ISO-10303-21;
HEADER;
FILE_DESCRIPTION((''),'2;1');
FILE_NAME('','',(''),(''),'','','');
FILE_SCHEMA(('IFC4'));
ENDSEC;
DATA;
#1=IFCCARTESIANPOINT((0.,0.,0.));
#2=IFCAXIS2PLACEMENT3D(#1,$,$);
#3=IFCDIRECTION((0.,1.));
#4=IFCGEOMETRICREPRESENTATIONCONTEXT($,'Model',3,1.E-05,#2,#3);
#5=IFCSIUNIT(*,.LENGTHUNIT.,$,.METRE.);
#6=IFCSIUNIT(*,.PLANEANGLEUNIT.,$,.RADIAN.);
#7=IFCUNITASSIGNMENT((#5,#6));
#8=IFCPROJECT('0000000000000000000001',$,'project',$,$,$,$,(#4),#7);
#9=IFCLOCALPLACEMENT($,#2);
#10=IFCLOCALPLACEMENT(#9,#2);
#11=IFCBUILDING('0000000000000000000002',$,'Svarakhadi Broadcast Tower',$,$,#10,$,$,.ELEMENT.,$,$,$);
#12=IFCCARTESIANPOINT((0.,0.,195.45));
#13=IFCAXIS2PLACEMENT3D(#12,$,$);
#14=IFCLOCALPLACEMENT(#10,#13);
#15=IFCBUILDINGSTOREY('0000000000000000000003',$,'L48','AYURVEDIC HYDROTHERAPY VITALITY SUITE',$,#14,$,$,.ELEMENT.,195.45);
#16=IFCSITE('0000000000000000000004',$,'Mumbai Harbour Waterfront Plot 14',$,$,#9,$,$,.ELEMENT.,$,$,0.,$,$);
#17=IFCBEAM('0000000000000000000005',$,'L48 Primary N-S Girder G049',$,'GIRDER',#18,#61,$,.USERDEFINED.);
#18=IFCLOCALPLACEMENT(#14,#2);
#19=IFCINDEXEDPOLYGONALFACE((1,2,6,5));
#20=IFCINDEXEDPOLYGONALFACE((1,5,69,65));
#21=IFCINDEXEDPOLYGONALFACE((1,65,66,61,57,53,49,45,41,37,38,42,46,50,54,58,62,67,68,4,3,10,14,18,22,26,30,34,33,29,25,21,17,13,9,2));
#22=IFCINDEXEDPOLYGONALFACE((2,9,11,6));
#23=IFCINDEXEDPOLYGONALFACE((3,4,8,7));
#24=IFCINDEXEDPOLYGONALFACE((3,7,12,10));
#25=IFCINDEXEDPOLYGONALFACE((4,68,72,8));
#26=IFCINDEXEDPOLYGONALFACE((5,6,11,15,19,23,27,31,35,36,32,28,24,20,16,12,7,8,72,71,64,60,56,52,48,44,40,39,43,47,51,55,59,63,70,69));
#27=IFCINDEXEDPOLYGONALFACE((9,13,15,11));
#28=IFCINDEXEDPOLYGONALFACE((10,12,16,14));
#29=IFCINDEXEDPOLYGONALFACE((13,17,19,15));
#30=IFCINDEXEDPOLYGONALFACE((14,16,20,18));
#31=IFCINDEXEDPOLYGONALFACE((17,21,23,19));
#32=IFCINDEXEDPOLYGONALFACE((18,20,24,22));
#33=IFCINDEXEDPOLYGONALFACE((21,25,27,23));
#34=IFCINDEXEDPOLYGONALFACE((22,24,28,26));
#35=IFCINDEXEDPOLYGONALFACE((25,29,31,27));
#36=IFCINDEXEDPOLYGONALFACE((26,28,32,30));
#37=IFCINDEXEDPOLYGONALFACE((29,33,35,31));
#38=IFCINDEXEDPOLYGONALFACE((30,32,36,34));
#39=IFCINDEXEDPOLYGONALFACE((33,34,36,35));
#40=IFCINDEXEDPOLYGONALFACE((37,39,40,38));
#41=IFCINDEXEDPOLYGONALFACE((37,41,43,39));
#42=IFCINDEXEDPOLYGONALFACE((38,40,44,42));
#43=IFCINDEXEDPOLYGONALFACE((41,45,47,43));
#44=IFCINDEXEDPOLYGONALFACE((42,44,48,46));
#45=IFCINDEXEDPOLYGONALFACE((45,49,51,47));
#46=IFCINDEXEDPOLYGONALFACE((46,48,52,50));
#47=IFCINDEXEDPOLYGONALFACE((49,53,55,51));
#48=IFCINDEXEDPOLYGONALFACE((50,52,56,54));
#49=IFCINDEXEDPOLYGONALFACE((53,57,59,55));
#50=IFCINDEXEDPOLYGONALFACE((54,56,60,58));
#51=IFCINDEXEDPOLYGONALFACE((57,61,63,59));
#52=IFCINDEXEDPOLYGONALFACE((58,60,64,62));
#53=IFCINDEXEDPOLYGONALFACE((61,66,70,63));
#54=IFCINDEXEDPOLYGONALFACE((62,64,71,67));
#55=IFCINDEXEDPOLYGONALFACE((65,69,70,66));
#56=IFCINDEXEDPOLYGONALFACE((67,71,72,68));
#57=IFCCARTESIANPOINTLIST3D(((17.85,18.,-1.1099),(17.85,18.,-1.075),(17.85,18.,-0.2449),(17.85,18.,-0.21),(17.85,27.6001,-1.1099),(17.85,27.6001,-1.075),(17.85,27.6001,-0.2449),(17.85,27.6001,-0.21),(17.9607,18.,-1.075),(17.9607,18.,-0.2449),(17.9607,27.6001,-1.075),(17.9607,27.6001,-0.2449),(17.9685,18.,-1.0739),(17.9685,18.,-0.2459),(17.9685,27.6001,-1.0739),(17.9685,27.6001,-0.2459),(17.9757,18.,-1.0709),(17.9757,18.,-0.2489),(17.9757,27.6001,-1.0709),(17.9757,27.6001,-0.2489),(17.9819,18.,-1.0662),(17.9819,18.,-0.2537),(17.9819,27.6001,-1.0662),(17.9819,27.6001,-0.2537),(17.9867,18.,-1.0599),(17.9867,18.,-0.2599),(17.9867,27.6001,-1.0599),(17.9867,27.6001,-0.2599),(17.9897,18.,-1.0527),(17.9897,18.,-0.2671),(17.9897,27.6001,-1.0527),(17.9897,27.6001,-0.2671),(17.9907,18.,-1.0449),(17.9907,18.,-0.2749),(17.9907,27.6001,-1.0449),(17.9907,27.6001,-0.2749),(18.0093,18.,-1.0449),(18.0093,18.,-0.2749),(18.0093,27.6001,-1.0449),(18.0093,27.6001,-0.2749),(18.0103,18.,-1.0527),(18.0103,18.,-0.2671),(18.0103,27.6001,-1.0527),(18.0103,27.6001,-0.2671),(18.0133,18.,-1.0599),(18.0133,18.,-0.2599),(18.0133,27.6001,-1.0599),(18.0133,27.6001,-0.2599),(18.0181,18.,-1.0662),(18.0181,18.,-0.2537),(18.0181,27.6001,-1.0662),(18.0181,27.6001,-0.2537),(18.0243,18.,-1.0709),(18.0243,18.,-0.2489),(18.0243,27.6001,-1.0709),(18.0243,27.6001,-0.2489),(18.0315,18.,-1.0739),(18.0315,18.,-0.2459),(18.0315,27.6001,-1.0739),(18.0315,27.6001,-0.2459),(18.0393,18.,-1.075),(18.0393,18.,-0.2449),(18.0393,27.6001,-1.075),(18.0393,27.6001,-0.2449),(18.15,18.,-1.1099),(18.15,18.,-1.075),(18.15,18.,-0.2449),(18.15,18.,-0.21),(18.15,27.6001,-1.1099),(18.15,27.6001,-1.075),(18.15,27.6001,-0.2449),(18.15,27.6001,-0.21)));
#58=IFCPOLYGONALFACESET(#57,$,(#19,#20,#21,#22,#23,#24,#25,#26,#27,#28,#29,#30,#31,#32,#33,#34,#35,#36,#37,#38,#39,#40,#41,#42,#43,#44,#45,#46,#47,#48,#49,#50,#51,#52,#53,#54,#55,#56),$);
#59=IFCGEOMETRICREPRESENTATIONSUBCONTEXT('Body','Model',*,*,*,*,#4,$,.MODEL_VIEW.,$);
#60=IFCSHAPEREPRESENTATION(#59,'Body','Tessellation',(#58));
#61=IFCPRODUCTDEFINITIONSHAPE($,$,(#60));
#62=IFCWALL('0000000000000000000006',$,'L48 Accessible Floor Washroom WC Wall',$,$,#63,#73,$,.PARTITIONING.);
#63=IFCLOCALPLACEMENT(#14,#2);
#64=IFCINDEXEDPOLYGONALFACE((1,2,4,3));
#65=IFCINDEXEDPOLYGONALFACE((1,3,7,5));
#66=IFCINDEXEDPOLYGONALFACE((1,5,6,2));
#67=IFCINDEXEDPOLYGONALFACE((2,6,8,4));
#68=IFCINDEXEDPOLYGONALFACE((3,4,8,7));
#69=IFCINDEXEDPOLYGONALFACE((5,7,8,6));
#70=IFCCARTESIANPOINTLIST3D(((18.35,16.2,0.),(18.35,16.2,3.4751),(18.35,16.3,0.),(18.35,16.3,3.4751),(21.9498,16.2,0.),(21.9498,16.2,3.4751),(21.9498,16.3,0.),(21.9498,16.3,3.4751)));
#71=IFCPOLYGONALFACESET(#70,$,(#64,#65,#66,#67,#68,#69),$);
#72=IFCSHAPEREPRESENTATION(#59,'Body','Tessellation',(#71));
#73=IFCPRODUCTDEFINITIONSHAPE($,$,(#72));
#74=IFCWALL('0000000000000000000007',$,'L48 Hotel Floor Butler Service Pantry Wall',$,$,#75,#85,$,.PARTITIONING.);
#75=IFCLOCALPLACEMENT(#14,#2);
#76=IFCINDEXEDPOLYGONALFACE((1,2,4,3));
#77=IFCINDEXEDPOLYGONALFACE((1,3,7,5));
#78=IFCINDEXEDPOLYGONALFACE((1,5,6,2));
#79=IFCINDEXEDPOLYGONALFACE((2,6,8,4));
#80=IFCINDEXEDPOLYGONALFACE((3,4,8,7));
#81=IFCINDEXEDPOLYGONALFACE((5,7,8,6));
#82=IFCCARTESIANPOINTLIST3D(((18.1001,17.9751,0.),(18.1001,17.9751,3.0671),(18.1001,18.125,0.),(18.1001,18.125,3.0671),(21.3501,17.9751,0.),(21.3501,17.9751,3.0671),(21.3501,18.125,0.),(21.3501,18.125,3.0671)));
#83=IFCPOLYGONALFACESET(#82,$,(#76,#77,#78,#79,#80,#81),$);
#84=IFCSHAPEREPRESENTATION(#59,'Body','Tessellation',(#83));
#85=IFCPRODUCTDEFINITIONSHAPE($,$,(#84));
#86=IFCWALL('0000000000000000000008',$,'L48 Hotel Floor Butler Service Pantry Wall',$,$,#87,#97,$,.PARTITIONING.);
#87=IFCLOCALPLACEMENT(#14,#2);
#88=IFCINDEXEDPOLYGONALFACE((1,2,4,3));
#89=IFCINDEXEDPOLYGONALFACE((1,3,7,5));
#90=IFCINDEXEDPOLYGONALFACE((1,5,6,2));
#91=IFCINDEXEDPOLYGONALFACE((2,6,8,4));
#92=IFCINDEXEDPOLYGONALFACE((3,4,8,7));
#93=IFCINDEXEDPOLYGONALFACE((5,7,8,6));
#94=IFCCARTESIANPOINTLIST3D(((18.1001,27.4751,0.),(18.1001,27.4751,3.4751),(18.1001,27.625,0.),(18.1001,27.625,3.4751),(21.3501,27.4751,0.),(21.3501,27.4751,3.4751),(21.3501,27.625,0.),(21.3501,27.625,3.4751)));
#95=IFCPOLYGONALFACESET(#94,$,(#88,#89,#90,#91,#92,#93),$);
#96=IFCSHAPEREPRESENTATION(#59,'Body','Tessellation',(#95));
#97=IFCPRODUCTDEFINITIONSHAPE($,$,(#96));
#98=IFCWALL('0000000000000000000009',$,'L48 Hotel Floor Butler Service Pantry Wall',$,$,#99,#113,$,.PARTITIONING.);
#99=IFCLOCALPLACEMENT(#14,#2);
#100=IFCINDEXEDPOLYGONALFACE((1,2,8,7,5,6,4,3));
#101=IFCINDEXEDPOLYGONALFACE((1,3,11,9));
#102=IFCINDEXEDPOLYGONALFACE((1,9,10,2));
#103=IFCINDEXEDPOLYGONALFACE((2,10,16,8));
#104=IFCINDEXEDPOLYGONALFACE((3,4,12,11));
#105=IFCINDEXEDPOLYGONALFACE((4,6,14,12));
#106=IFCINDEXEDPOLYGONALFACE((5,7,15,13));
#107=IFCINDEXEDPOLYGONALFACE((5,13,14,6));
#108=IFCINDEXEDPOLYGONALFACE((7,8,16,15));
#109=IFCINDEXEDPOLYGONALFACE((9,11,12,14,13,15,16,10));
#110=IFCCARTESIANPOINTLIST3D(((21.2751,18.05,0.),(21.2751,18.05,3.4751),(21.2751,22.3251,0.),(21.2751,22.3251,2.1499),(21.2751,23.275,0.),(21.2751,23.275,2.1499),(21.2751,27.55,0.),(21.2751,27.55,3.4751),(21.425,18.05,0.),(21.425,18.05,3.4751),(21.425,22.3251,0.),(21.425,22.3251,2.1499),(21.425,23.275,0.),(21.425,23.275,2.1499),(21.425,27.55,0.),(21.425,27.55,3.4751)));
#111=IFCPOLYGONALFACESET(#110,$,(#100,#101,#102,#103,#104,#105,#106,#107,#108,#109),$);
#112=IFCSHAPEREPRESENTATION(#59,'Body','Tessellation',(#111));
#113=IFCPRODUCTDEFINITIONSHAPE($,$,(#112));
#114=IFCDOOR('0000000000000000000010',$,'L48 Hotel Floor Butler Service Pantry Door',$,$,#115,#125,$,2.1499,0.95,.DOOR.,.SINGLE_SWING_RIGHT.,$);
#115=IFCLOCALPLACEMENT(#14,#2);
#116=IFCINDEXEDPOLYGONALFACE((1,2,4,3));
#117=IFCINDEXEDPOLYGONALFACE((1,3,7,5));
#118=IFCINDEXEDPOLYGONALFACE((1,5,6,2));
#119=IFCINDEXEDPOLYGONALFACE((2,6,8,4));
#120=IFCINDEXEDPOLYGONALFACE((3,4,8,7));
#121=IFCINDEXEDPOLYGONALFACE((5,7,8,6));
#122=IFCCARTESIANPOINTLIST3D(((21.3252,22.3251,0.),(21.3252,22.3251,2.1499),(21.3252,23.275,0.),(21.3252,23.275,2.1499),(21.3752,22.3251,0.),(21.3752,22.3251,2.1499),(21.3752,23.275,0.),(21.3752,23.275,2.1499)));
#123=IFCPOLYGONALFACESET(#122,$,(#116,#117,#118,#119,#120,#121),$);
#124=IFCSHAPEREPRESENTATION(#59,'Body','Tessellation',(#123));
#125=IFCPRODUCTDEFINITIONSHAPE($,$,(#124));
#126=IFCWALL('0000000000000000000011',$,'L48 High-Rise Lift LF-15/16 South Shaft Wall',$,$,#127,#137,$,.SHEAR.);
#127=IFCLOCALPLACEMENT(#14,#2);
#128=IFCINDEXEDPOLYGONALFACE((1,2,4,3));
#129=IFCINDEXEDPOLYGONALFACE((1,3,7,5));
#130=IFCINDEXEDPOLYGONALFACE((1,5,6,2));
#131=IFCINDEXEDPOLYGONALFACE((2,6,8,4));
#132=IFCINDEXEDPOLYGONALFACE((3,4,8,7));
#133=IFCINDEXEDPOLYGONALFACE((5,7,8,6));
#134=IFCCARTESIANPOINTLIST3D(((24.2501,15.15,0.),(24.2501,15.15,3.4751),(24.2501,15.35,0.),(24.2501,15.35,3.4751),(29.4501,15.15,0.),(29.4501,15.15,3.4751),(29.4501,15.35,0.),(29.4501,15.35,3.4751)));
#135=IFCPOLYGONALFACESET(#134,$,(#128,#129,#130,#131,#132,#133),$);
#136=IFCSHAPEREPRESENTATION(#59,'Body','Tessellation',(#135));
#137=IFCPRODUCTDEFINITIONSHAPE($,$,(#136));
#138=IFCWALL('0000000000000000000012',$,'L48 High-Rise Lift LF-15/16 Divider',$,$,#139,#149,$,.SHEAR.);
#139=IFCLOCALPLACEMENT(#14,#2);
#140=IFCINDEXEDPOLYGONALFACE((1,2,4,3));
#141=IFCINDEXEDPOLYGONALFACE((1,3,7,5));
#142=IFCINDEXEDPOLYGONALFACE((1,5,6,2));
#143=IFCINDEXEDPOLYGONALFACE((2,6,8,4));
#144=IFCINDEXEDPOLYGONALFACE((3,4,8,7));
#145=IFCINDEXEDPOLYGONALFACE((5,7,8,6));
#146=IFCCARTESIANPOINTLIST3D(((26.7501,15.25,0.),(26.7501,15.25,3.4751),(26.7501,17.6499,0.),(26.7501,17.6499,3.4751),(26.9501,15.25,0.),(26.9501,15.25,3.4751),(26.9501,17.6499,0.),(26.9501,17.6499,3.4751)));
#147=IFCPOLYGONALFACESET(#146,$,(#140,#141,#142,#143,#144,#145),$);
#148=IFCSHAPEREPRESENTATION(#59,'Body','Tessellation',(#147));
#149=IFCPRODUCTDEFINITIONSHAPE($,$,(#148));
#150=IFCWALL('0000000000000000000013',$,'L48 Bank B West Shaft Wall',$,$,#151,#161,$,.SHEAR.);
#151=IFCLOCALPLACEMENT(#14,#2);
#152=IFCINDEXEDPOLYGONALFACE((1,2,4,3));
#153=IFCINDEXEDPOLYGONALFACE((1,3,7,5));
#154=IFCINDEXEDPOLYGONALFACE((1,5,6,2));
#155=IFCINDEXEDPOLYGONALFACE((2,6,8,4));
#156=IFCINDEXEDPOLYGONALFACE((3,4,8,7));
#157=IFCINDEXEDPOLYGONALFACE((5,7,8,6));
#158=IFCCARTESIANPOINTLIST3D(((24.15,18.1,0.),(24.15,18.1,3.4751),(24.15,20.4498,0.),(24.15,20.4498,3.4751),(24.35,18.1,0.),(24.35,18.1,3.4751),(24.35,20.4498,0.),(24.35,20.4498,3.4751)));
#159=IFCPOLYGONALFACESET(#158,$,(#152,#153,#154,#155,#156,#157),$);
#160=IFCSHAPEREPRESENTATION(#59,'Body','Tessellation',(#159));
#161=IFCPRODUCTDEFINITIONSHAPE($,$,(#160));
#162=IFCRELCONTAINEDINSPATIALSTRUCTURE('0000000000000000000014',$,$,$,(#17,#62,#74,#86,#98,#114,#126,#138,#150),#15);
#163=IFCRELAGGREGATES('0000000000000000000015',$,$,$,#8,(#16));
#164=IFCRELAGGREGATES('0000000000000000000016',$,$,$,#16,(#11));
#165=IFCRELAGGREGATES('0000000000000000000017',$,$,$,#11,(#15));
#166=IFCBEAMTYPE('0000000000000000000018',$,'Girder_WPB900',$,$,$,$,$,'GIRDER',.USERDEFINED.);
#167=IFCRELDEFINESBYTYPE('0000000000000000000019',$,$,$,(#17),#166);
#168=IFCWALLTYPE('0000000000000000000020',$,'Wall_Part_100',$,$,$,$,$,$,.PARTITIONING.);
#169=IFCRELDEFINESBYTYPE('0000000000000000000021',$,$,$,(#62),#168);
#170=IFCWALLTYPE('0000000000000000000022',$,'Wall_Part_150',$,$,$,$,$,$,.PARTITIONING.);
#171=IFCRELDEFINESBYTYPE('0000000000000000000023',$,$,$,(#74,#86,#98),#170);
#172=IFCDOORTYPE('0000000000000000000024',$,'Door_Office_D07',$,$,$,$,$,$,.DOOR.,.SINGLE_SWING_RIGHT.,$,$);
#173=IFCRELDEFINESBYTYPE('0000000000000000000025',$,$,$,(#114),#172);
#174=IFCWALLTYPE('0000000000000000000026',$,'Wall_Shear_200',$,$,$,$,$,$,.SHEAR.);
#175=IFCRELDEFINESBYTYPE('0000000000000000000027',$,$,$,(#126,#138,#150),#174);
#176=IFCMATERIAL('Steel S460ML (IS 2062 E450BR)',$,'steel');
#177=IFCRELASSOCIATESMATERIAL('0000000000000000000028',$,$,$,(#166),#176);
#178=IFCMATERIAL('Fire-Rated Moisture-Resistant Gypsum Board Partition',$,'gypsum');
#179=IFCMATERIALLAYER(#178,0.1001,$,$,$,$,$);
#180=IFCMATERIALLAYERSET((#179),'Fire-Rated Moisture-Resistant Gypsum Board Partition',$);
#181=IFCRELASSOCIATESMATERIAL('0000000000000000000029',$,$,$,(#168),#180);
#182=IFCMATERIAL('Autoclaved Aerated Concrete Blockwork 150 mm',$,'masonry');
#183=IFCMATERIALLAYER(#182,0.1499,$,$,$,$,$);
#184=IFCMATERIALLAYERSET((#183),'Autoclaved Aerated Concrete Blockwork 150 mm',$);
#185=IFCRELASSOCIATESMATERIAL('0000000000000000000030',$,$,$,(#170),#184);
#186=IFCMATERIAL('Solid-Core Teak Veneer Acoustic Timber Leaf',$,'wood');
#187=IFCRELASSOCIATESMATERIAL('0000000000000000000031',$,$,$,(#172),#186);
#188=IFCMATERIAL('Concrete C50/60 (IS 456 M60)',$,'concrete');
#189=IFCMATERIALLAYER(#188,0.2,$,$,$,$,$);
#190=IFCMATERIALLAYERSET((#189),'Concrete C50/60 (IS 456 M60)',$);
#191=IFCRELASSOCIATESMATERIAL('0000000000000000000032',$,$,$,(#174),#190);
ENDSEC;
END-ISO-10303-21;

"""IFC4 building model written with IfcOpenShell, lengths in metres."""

from ifc_helpers import new_model, si_unit, direction, frame, frame_2d, origin, origin_2d, place, context, subcontext, project, spatial, rectangle, i_section, extrude, material, layer, layer_set, material_profile, profile_set, type_object, element, fill, save


model = new_model("IFC4")

# Units and contexts
model_context = context("Model", 3, precision=1e-05, world=origin(), true_north=direction((0.0, 1.0)))
body_context = subcontext(model_context, "Body", "Model", "MODEL_VIEW")
ifc_project = project(units=[si_unit("LENGTHUNIT", "METRE"), si_unit("PLANEANGLEUNIT", "RADIAN")], contexts=[model_context])

# Site, building, storey
site_placement = place(None, origin())
site = spatial("IfcSite", under=ifc_project, at=site_placement, Name="Mumbai Harbour Waterfront Plot 14", CompositionType="ELEMENT", RefElevation=0.0)
building_placement = place(site_placement, origin())
building = spatial("IfcBuilding", under=site, at=building_placement, Name="Svarakhadi Broadcast Tower", CompositionType="ELEMENT")
storey_placement = place(building_placement, frame((0.0, 0.0, 195.45)))
storey = spatial("IfcBuildingStorey", under=building, at=storey_placement, Name="L48", Description="AYURVEDIC HYDROTHERAPY VITALITY SUITE", CompositionType="ELEMENT", Elevation=195.45)

# Shared definitions
ifc_material_1 = material(Name="Concrete C50/60 (IS 456 M60)", Category="concrete")

# Beam
ifc_material_2 = material(Name="Steel S460ML (IS 2062 E450BR)", Category="steel")
ifc_material_profile_1 = material_profile(ifc_material_2, i_section(OverallWidth=0.3, OverallDepth=0.8999, WebThickness=0.0186, FlangeThickness=0.0349, FilletRadius=0.03, at=origin_2d()), Name="WPB 900x300x291")
ifc_profile_set_1 = profile_set([ifc_material_profile_1], Name="Steel S460ML (IS 2062 E450BR)")
beam_type_1 = type_object("IfcBeamType", Name="Girder_WPB900", ElementType="GIRDER", PredefinedType="USERDEFINED", material=ifc_profile_set_1)
for number, where, z_axis, x_axis, name in (
    (1, (18.0, 18.0, -0.6599), (0.0, 1.0, 0.0), (-1.0, 0.0, 0.0), "L48 Primary N-S Girder G049"),
):
    element("IfcBeam", number, at=place(storey_placement, frame(where, z_axis=z_axis, x_axis=x_axis)), inside=storey, type_object=beam_type_1, Name=name, ObjectType="GIRDER", PredefinedType="USERDEFINED", context=body_context, shape_type="SweptSolid", body=[
        extrude(i_section(OverallWidth=0.3, OverallDepth=0.8999, WebThickness=0.0186, FlangeThickness=0.0349, FilletRadius=0.03, at=origin_2d()), origin(), (0.0, 0.0, 1.0), 9.6001),
    ])

# Walls
ifc_material_3 = material(Name="Fire-Rated Moisture-Resistant Gypsum Board Partition", Category="gypsum")
ifc_layer_1 = layer(ifc_material_3, 0.1001)
ifc_layer_set_1 = layer_set([ifc_layer_1], Name="Fire-Rated Moisture-Resistant Gypsum Board Partition")
wall_type_1 = type_object("IfcWallType", Name="Wall_Part_100", PredefinedType="PARTITIONING", material=ifc_layer_set_1)
wall_1_placement = place(storey_placement, frame((18.3501, 16.25, 0.0), z_axis=(0.0, 0.0, 1.0), x_axis=(1.0, 0.0, 0.0)))
element("IfcWall", 2, at=wall_1_placement, inside=storey, type_object=wall_type_1, Name="L48 Accessible Floor Washroom WC Wall", PredefinedType="PARTITIONING", context=body_context, shape_type="SweptSolid", body=[
    extrude(rectangle(XDim=3.5999, YDim=0.1001, at=frame_2d((1.7998, 0.0))), origin(), (0.0, 0.0, 1.0), 3.4751),
])
ifc_material_4 = material(Name="Autoclaved Aerated Concrete Blockwork 150 mm", Category="masonry")
ifc_layer_2 = layer(ifc_material_4, 0.1499)
ifc_layer_set_2 = layer_set([ifc_layer_2], Name="Autoclaved Aerated Concrete Blockwork 150 mm")
wall_type_2 = type_object("IfcWallType", Name="Wall_Part_150", PredefinedType="PARTITIONING", material=ifc_layer_set_2)
wall_2_placement = place(storey_placement, frame((18.1001, 18.05, 0.0), z_axis=(0.0, 0.0, 1.0), x_axis=(1.0, 0.0, 0.0)))
element("IfcWall", 3, at=wall_2_placement, inside=storey, type_object=wall_type_2, Name="L48 Hotel Floor Butler Service Pantry Wall", PredefinedType="PARTITIONING", context=body_context, shape_type="SweptSolid", body=[
    extrude(rectangle(XDim=3.25, YDim=0.1499, at=frame_2d((1.625, 0.0))), origin(), (0.0, 0.0, 1.0), 3.0671),
])
wall_3_placement = place(storey_placement, frame((18.1001, 27.55, 0.0), z_axis=(0.0, 0.0, 1.0), x_axis=(1.0, 0.0, 0.0)))
element("IfcWall", 4, at=wall_3_placement, inside=storey, type_object=wall_type_2, Name="L48 Hotel Floor Butler Service Pantry Wall", PredefinedType="PARTITIONING", context=body_context, shape_type="SweptSolid", body=[
    extrude(rectangle(XDim=3.25, YDim=0.1499, at=frame_2d((1.625, 0.0))), origin(), (0.0, 0.0, 1.0), 3.4751),
])

# Wall, opening, door
wall_4_placement = place(storey_placement, frame((21.3501, 18.05, 0.0), z_axis=(0.0, 0.0, 1.0), x_axis=(0.0, 1.0, 0.0)))
wall_4 = element("IfcWall", 5, at=wall_4_placement, inside=storey, type_object=wall_type_2, Name="L48 Hotel Floor Butler Service Pantry Wall", PredefinedType="PARTITIONING", context=body_context, shape_type="SweptSolid", body=[
    extrude(rectangle(XDim=9.5, YDim=0.1499, at=frame_2d((4.75, 0.0))), origin(), (0.0, 0.0, 1.0), 3.4751),
])
opening_1_placement = place(wall_4_placement, frame((4.2749, 0.0, 0.0)))
opening_1 = element("IfcOpeningElement", 6, at=opening_1_placement, cuts=wall_4, PredefinedType="OPENING", context=body_context, shape_type="SweptSolid", body=[
    extrude(rectangle(XDim=0.95, YDim=2.1499, at=frame_2d((0.4751, 1.075))), frame((0.0, 0.085, 0.0), z_axis=(0.0, -1.0, 0.0), x_axis=(1.0, 0.0, 0.0)), (0.0, 0.0, 1.0), 0.1699),
])
ifc_material_5 = material(Name="Solid-Core Teak Veneer Acoustic Timber Leaf", Category="wood")
door_type_1 = type_object("IfcDoorType", Name="Door_Office_D07", OperationType="SINGLE_SWING_RIGHT", PredefinedType="DOOR", material=ifc_material_5)
door_1_placement = place(opening_1_placement, origin())
door_1 = element("IfcDoor", 7, at=door_1_placement, inside=storey, type_object=door_type_1, Name="L48 Hotel Floor Butler Service Pantry Door", OperationType="SINGLE_SWING_RIGHT", OverallHeight=2.1499, OverallWidth=0.95, PredefinedType="DOOR", context=body_context, shape_type="SweptSolid", body=[
    extrude(rectangle(XDim=0.95, YDim=2.1499, at=frame_2d((0.4751, 1.075))), frame((0.0, 0.0249, 0.0), z_axis=(0.0, -1.0, 0.0), x_axis=(1.0, 0.0, 0.0)), (0.0, 0.0, 1.0), 0.05),
])
fill(opening_1, door_1)
ifc_layer_3 = layer(ifc_material_1, 0.2)
ifc_layer_set_3 = layer_set([ifc_layer_3], Name="Concrete C50/60 (IS 456 M60)")
wall_type_3 = type_object("IfcWallType", Name="Wall_Shear_200", PredefinedType="SHEAR", material=ifc_layer_set_3)

# Walls
wall_5_placement = place(storey_placement, frame((24.25, 15.25, 0.0), z_axis=(0.0, 0.0, 1.0), x_axis=(1.0, 0.0, 0.0)))
element("IfcWall", 8, at=wall_5_placement, inside=storey, type_object=wall_type_3, Name="L48 High-Rise Lift LF-15/16 South Shaft Wall", PredefinedType="SHEAR", context=body_context, shape_type="SweptSolid", body=[
    extrude(rectangle(XDim=5.2, YDim=0.2, at=frame_2d((2.6001, 0.0))), origin(), (0.0, 0.0, 1.0), 3.4751),
])
wall_6_placement = place(storey_placement, frame((26.8501, 15.25, 0.0), z_axis=(0.0, 0.0, 1.0), x_axis=(0.0, 1.0, 0.0)))
element("IfcWall", 9, at=wall_6_placement, inside=storey, type_object=wall_type_3, Name="L48 High-Rise Lift LF-15/16 Divider", PredefinedType="SHEAR", context=body_context, shape_type="SweptSolid", body=[
    extrude(rectangle(XDim=2.3999, YDim=0.2, at=frame_2d((1.2, 0.0))), origin(), (0.0, 0.0, 1.0), 3.4751),
])
wall_7_placement = place(storey_placement, frame((24.25, 18.1001, 0.0), z_axis=(0.0, 0.0, 1.0), x_axis=(0.0, 1.0, 0.0)))
element("IfcWall", 10, at=wall_7_placement, inside=storey, type_object=wall_type_3, Name="L48 Bank B West Shaft Wall", PredefinedType="SHEAR", context=body_context, shape_type="SweptSolid", body=[
    extrude(rectangle(XDim=2.3499, YDim=0.2, at=frame_2d((1.1748, 0.0))), origin(), (0.0, 0.0, 1.0), 3.4751),
])

save(model, "model.ifc")
